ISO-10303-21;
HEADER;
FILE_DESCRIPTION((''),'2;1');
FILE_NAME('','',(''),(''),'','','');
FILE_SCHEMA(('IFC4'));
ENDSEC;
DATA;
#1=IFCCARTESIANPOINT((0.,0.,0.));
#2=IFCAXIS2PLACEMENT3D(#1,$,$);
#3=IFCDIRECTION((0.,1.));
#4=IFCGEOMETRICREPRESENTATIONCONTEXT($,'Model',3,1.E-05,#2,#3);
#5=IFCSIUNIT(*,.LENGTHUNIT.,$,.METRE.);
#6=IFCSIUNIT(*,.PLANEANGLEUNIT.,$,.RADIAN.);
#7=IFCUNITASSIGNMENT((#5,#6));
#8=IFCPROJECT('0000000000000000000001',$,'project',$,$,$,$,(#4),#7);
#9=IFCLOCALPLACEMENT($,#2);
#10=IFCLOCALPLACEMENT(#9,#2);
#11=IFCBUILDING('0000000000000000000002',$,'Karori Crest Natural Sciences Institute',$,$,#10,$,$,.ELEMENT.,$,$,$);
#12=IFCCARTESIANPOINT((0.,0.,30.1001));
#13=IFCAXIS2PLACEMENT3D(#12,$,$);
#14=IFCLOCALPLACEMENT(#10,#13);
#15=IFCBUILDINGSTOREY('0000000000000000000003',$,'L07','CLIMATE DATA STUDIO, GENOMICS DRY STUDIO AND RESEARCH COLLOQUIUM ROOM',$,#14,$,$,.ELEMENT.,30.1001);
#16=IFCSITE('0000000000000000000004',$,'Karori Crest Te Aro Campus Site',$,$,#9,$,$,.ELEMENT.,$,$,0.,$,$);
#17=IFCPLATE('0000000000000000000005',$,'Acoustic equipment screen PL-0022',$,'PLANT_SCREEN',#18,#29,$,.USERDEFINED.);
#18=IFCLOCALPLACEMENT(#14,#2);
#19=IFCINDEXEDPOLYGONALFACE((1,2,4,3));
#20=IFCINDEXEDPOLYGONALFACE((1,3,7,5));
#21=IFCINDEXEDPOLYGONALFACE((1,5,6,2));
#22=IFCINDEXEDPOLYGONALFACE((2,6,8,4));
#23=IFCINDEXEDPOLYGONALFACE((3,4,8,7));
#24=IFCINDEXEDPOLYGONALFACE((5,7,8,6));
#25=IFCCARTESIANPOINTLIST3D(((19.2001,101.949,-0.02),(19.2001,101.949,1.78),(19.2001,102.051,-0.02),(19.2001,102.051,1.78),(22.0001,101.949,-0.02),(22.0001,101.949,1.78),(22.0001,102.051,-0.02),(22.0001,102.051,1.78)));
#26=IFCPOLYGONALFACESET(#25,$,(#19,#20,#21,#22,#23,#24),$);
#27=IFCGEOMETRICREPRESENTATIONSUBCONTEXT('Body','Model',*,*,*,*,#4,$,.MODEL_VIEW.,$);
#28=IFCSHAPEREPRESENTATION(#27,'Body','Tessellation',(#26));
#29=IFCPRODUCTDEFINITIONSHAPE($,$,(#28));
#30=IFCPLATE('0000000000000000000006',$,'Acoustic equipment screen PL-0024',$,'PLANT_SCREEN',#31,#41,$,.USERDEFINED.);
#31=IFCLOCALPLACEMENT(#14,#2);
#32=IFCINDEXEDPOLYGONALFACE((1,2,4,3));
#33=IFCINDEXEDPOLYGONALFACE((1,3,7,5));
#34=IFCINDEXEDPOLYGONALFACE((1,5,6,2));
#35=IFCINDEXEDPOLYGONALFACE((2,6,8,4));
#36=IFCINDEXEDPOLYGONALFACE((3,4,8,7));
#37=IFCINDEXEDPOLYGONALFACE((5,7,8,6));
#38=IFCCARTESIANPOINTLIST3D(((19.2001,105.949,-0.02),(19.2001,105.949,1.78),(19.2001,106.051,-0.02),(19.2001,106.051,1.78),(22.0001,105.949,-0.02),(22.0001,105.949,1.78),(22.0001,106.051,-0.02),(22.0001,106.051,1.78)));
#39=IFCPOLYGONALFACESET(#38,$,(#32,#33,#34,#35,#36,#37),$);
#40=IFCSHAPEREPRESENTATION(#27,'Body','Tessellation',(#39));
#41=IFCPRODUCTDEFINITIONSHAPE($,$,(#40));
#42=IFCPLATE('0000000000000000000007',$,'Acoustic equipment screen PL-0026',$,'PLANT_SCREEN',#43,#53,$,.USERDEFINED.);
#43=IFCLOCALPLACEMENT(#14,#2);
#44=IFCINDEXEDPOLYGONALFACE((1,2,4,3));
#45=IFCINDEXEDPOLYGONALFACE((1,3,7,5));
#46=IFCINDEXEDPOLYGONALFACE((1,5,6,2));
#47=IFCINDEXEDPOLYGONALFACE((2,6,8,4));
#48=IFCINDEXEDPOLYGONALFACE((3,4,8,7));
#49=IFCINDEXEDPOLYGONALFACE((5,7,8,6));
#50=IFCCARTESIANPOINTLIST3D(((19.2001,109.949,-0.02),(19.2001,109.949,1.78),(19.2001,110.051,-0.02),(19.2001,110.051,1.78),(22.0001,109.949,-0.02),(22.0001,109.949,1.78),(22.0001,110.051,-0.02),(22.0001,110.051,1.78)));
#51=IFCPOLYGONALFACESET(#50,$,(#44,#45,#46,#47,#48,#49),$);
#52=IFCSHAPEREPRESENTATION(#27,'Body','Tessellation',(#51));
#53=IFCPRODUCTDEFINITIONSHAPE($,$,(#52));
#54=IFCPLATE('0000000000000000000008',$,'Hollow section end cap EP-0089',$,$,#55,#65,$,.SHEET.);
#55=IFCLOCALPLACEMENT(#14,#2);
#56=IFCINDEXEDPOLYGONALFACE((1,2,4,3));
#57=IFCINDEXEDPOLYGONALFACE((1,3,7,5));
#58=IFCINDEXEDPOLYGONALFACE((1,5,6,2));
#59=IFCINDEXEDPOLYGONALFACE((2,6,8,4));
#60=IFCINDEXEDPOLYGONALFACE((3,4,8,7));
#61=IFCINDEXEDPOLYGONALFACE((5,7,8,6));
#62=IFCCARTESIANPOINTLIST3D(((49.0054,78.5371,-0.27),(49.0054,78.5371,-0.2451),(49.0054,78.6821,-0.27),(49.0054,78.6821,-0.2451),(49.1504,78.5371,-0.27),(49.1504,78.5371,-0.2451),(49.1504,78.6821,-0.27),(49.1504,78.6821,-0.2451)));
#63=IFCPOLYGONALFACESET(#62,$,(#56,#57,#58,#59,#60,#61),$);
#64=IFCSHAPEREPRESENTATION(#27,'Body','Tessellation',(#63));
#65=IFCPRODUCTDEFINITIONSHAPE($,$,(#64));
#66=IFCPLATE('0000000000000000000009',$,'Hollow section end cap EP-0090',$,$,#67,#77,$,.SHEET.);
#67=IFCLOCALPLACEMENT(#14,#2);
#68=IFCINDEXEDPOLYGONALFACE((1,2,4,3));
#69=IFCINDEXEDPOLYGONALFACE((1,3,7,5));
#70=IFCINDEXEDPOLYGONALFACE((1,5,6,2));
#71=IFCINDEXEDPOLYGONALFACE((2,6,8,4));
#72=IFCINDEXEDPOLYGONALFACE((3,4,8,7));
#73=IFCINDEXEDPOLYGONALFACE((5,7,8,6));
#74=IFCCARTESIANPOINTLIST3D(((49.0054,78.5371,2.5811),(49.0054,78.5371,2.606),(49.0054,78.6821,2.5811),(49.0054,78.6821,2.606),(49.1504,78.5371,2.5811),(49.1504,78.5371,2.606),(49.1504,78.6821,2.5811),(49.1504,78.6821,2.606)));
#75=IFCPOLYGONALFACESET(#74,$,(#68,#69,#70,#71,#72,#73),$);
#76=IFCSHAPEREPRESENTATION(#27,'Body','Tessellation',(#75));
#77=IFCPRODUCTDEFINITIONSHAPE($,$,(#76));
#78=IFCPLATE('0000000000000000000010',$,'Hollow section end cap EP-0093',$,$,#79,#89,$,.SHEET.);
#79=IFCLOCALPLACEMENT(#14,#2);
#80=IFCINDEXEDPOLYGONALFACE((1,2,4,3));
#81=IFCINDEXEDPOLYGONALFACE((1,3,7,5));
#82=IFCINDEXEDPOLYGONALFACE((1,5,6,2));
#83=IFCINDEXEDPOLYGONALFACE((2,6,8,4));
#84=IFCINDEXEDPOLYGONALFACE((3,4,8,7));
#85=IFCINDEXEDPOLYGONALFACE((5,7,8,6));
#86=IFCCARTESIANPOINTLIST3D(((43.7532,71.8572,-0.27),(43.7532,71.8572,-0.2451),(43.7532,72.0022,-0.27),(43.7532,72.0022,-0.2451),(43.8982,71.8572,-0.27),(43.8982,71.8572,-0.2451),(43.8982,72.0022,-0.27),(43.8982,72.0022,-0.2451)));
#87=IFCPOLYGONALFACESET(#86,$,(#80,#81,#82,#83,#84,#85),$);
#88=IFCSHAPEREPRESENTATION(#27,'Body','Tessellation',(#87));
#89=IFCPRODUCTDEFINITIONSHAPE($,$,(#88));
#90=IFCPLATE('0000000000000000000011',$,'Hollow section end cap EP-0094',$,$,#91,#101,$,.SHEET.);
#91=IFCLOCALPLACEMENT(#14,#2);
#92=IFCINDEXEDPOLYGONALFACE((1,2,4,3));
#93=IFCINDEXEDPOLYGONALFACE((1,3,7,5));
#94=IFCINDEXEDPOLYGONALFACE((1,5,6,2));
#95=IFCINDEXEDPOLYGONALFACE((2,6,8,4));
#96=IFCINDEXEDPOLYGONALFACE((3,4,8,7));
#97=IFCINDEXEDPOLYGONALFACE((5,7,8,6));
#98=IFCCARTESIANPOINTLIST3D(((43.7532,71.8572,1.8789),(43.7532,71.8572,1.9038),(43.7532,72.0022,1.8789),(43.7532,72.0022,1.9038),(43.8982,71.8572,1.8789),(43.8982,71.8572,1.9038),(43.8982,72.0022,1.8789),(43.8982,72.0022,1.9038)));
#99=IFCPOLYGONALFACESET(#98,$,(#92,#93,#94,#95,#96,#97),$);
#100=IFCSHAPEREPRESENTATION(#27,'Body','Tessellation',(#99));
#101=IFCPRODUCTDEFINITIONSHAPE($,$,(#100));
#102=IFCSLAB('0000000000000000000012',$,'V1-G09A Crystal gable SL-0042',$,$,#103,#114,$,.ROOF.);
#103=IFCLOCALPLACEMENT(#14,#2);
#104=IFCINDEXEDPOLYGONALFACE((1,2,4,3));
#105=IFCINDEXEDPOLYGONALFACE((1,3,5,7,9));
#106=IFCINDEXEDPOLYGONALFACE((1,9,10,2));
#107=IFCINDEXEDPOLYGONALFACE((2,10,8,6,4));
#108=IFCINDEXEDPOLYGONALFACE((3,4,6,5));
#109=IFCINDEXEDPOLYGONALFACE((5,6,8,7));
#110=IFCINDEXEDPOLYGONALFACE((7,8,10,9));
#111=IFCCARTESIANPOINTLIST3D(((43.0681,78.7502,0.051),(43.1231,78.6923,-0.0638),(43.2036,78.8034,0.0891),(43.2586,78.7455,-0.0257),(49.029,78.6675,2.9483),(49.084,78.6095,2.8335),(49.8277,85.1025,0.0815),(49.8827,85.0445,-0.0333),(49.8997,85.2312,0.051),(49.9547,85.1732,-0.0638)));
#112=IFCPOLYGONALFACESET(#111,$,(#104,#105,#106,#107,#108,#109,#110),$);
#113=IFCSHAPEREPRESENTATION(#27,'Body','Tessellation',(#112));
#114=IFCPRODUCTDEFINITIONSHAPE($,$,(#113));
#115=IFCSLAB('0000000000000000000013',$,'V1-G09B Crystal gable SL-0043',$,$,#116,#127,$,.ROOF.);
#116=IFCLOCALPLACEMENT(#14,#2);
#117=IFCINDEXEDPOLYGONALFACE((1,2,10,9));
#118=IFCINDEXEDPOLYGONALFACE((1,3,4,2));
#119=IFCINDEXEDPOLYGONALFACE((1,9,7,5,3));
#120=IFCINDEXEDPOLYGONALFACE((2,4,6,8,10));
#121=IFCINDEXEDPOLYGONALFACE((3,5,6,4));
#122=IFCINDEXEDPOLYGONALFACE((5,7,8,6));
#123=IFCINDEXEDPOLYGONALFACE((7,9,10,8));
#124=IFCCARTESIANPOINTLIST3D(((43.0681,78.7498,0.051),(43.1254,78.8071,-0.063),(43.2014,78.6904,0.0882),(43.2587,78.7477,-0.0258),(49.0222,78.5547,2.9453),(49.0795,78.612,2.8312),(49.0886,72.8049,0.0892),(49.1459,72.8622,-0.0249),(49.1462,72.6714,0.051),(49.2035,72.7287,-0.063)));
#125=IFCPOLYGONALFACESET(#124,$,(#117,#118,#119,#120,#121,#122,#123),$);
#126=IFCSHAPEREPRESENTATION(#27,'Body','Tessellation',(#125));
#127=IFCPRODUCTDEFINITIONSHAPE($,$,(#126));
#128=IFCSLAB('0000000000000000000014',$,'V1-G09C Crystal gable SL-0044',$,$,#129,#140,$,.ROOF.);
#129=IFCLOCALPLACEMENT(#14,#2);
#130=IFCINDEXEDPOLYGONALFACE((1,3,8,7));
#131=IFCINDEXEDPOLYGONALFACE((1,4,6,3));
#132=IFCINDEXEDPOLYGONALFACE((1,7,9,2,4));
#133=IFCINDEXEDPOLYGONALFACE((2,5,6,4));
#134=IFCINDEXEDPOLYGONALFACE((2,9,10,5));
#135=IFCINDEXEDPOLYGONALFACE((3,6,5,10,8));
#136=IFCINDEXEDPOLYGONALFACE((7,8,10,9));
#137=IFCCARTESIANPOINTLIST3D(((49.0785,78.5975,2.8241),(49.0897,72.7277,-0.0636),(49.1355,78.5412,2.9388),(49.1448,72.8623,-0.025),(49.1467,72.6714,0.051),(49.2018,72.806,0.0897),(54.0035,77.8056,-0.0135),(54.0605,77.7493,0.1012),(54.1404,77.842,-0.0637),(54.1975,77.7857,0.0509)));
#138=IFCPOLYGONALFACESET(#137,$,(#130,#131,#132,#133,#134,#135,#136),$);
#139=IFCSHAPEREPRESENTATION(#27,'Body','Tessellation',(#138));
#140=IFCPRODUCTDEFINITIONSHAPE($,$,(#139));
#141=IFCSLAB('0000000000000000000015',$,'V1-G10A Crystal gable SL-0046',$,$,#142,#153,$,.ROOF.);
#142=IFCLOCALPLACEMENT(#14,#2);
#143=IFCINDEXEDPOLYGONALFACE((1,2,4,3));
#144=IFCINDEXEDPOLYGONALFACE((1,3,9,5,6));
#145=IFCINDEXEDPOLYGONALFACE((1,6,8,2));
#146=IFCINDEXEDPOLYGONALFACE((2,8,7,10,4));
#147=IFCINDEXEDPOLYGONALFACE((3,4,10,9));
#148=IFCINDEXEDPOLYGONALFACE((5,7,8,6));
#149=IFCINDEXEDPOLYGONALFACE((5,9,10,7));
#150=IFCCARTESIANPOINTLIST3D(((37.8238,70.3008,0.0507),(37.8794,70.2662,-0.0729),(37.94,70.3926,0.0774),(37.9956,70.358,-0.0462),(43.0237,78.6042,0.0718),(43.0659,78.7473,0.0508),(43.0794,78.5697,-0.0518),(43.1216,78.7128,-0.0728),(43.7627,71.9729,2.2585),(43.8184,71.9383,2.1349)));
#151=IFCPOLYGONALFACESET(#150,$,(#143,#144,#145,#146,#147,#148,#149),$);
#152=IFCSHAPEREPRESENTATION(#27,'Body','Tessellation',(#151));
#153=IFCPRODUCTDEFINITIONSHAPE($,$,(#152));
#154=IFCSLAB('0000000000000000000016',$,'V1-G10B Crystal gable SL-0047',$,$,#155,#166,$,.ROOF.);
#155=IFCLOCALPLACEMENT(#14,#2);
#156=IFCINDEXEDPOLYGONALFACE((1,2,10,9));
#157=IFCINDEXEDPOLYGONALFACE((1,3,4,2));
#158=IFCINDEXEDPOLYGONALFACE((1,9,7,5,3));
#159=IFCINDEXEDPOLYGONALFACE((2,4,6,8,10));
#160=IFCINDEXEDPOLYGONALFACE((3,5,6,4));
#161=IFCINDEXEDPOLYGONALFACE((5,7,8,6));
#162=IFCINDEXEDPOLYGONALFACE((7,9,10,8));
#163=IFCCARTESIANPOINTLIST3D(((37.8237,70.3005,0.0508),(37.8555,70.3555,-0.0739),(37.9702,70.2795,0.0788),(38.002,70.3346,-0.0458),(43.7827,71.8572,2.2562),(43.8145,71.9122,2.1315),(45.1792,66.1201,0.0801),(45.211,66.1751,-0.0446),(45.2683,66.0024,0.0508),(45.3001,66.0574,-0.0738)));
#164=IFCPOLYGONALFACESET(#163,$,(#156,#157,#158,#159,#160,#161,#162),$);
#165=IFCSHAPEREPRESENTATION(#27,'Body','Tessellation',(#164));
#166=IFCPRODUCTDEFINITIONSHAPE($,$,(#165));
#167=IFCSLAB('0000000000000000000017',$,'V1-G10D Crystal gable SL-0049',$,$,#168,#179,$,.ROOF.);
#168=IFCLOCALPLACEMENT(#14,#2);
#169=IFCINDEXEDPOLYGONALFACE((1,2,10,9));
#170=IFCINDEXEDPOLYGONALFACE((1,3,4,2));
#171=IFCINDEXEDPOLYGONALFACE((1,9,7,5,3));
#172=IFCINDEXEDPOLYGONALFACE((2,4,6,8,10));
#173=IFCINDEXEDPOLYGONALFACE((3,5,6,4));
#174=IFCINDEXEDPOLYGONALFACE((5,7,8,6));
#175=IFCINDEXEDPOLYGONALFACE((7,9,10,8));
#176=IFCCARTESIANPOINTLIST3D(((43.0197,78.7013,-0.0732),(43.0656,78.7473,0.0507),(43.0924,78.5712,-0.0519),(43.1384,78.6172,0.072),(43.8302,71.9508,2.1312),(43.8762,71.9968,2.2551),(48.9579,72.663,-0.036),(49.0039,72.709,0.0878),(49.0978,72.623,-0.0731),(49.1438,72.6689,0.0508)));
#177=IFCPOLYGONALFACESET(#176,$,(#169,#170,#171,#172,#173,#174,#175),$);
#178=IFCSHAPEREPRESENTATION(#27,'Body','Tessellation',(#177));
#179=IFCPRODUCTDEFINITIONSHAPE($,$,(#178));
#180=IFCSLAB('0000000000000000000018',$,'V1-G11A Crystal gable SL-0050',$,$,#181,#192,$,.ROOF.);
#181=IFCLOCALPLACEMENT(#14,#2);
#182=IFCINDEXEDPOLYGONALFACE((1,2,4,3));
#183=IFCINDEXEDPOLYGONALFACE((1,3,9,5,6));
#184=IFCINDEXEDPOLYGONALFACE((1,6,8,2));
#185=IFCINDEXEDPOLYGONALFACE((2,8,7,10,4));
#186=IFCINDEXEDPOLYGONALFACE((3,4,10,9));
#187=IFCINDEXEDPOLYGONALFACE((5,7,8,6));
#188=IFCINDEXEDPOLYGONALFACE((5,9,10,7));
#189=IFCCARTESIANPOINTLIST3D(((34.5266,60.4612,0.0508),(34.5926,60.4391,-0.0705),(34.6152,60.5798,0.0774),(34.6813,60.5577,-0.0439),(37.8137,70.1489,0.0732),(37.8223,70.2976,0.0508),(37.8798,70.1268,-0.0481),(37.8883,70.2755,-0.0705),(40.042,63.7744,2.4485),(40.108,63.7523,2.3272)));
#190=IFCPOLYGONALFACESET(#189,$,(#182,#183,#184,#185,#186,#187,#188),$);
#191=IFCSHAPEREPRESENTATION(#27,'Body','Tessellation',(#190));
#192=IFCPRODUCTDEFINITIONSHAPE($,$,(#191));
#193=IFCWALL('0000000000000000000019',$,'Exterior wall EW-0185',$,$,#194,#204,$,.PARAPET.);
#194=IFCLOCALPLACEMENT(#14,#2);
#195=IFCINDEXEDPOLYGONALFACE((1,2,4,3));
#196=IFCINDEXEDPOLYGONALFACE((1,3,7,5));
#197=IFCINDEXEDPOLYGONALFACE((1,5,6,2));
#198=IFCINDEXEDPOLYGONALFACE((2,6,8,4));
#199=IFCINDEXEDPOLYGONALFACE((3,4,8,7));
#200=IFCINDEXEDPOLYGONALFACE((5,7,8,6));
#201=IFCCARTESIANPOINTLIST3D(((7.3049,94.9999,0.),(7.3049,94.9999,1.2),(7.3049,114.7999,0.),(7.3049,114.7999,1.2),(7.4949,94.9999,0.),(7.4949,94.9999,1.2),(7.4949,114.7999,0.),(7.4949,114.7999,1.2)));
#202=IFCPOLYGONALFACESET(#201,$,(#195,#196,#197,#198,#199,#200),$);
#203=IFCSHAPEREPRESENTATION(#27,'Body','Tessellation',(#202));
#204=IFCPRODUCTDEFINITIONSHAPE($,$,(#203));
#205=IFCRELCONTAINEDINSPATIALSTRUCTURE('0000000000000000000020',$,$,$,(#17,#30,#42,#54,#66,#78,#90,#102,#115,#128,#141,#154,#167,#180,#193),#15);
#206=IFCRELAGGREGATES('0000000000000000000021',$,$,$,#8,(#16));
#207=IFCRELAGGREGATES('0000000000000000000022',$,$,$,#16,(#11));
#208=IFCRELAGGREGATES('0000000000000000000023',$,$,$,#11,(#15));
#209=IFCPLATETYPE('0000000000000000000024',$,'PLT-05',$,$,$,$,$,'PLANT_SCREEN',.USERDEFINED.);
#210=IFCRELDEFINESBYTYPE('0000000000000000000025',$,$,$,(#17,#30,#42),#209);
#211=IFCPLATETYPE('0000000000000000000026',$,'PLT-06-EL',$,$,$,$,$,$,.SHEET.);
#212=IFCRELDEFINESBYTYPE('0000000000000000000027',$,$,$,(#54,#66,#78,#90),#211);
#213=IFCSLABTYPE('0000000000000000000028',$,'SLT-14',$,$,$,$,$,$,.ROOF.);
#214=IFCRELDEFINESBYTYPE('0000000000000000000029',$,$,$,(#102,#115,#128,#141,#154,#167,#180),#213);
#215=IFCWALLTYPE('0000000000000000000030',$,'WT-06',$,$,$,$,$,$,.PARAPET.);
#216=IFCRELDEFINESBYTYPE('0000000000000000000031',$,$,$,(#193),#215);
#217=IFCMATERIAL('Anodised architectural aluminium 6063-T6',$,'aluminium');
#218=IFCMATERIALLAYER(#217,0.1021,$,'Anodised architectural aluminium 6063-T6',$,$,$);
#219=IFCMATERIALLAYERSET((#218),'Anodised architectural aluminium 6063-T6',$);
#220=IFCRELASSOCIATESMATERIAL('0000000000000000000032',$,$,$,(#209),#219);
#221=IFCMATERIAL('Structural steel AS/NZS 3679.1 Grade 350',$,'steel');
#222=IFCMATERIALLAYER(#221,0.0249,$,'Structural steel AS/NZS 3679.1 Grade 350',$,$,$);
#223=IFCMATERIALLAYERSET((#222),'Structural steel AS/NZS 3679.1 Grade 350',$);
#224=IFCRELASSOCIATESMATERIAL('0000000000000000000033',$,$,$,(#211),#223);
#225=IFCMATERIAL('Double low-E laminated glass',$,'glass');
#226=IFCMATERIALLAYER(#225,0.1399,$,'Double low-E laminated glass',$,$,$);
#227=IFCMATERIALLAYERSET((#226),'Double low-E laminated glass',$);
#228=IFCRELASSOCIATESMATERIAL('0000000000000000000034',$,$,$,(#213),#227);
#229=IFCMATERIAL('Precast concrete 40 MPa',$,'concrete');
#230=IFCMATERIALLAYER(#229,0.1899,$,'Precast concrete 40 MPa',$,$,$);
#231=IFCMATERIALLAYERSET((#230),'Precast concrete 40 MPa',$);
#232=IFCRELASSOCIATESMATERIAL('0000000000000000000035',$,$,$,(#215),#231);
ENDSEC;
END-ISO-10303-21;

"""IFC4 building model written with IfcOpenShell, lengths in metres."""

from ifc_helpers import new_model, si_unit, direction, frame, frame_2d, origin, origin_2d, place, context, subcontext, project, spatial, polyline, rectangle, outline, extrude, material, layer, layer_set, type_object, element, save


model = new_model("IFC4")

# Units and contexts
model_context = context("Model", 3, precision=1e-05, world=origin(), true_north=direction((0.0, 1.0)))
body_context = subcontext(model_context, "Body", "Model", "MODEL_VIEW")
ifc_project = project(units=[si_unit("LENGTHUNIT", "METRE"), si_unit("PLANEANGLEUNIT", "RADIAN")], contexts=[model_context])

# Site, building, storey
site_placement = place(None, origin())
site = spatial("IfcSite", under=ifc_project, at=site_placement, Name="Karori Crest Te Aro Campus Site", CompositionType="ELEMENT", RefElevation=0.0)
building_placement = place(site_placement, origin())
building = spatial("IfcBuilding", under=site, at=building_placement, Name="Karori Crest Natural Sciences Institute", CompositionType="ELEMENT")
storey_placement = place(building_placement, frame((0.0, 0.0, 30.1001)))
storey = spatial("IfcBuildingStorey", under=building, at=storey_placement, Name="L07", Description="CLIMATE DATA STUDIO, GENOMICS DRY STUDIO AND RESEARCH COLLOQUIUM ROOM", CompositionType="ELEMENT", Elevation=30.1001)

# Shared definitions
ifc_material_1 = material(Name="Structural steel AS/NZS 3679.1 Grade 350", Category="steel")

# Plates
ifc_material_2 = material(Name="Anodised architectural aluminium 6063-T6", Category="aluminium")
ifc_layer_1 = layer(ifc_material_2, 0.1021, Name="Anodised architectural aluminium 6063-T6")
ifc_layer_set_1 = layer_set([ifc_layer_1], Name="Anodised architectural aluminium 6063-T6")
plate_type_1 = type_object("IfcPlateType", Name="PLT-05", ElementType="PLANT_SCREEN", PredefinedType="USERDEFINED", material=ifc_layer_set_1)
for number, where, z_axis, x_axis, name in (
    (1, (20.6001, 102.0, -0.02), (0.0, 0.0, 1.0), (1.0, 0.0, 0.0), "Acoustic equipment screen PL-0022"),
    (2, (20.6001, 106.0, -0.02), (0.0, 0.0, 1.0), (1.0, 0.0, 0.0), "Acoustic equipment screen PL-0024"),
    (3, (20.6001, 110.0, -0.02), (0.0, 0.0, 1.0), (1.0, 0.0, 0.0), "Acoustic equipment screen PL-0026"),
):
    element("IfcPlate", number, at=place(storey_placement, frame(where, z_axis=z_axis, x_axis=x_axis)), inside=storey, type_object=plate_type_1, Name=name, ObjectType="PLANT_SCREEN", PredefinedType="USERDEFINED", context=body_context, shape_type="SweptSolid", body=[
        extrude(rectangle(XDim=2.8, YDim=0.1021, at=origin_2d()), origin(), (0.0, 0.0, 1.0), 1.8),
    ])
ifc_layer_2 = layer(ifc_material_1, 0.0249, Name="Structural steel AS/NZS 3679.1 Grade 350")
ifc_layer_set_2 = layer_set([ifc_layer_2], Name="Structural steel AS/NZS 3679.1 Grade 350")
plate_type_2 = type_object("IfcPlateType", Name="PLT-06-EL", PredefinedType="SHEET", material=ifc_layer_set_2)
for number, where, z_axis, x_axis, name in (
    (4, (49.0779, 78.6096, -0.27), (0.0, 0.0, 1.0), (1.0, 0.0, 0.0), "Hollow section end cap EP-0089"),
    (5, (49.0779, 78.6096, 2.5811), (0.0, 0.0, 1.0), (1.0, 0.0, 0.0), "Hollow section end cap EP-0090"),
    (6, (43.8257, 71.9297, -0.27), (0.0, 0.0, 1.0), (1.0, 0.0, 0.0), "Hollow section end cap EP-0093"),
    (7, (43.8257, 71.9297, 1.8789), (0.0, 0.0, 1.0), (1.0, 0.0, 0.0), "Hollow section end cap EP-0094"),
):
    element("IfcPlate", number, at=place(storey_placement, frame(where, z_axis=z_axis, x_axis=x_axis)), inside=storey, type_object=plate_type_2, Name=name, PredefinedType="SHEET", context=body_context, shape_type="SweptSolid", body=[
        extrude(rectangle(XDim=0.145, YDim=0.145, at=origin_2d()), origin(), (0.0, 0.0, 1.0), 0.0249),
    ])

# Slabs
ifc_material_3 = material(Name="Double low-E laminated glass", Category="glass")
ifc_layer_3 = layer(ifc_material_3, 0.1399, Name="Double low-E laminated glass")
ifc_layer_set_3 = layer_set([ifc_layer_3], Name="Double low-E laminated glass")
slab_type = type_object("IfcSlabType", Name="SLT-14", PredefinedType="ROOF", material=ifc_layer_set_3)
slab_1_placement = place(storey_placement, frame((49.8997, 85.2312, 0.051), z_axis=(-0.393172, 0.414441, 0.820764), x_axis=(-0.725477, -0.688246, 0.0)))
element("IfcSlab", 8, at=slab_1_placement, inside=storey, type_object=slab_type, Name="V1-G09A Crystal gable SL-0042", PredefinedType="ROOF", context=body_context, shape_type="SweptSolid", body=[
    extrude(outline(polyline([(0.0, 0.0), (9.4166, 0.0), (9.2817, 0.0666), (5.1491, 5.0716), (0.1408, 0.0534), (0.0, 0.0)])), origin(), (0.0, 0.0, -1.0), 0.1399),
])
slab_2_placement = place(storey_placement, frame((43.0681, 78.7498, 0.051), z_axis=(-0.409636, -0.40962, 0.815113), x_axis=(0.707093, -0.707121, 0.0)))
element("IfcSlab", 9, at=slab_2_placement, inside=storey, type_object=slab_type, Name="V1-G09B Crystal gable SL-0043", PredefinedType="ROOF", context=body_context, shape_type="SweptSolid", body=[
    extrude(outline(polyline([(0.0, 0.0), (8.5959, 0.0), (8.4608, 0.0658), (4.348, 4.9961), (0.1362, 0.0641), (0.0, 0.0)])), origin(), (0.0, 0.0, -1.0), 0.1399),
])
slab_3_placement = place(storey_placement, frame((49.1467, 72.6714, 0.051), z_axis=(0.407562, -0.40248, 0.819697), x_axis=(0.702671, 0.711515, -0.000013)))
element("IfcSlab", 10, at=slab_3_placement, inside=storey, type_object=slab_type, Name="V1-G09C Crystal gable SL-0044", PredefinedType="ROOF", context=body_context, shape_type="SweptSolid", body=[
    extrude(outline(polyline([(0.0, 0.0), (7.1879, 0.0), (7.0658, 0.0877), (4.1686, 5.0416), (0.1345, 0.0675), (0.0, 0.0)])), origin(), (0.0, 0.0, -1.0), 0.1399),
])
slab_4_placement = place(storey_placement, frame((43.0659, 78.7473, 0.0508), z_axis=(-0.397985, 0.246992, 0.883517), x_axis=(-0.527324, -0.849664, -0.000008)))
element("IfcSlab", 11, at=slab_4_placement, inside=storey, type_object=slab_type, Name="V1-G10A Crystal gable SL-0046", PredefinedType="ROOF", context=body_context, shape_type="SweptSolid", body=[
    extrude(outline(polyline([(0.0, 0.0), (9.941, 0.0), (9.8018, 0.0569), (5.3885, 4.7134), (0.1438, 0.0448), (0.0, 0.0)])), origin(), (0.0, 0.0, -1.0), 0.1399),
])
slab_5_placement = place(storey_placement, frame((37.8237, 70.3005, 0.0508), z_axis=(-0.227028, -0.393216, 0.890976), x_axis=(0.866026, -0.499999, 0.000005)))
element("IfcSlab", 12, at=slab_5_placement, inside=storey, type_object=slab_type, Name="V1-G10B Crystal gable SL-0047", PredefinedType="ROOF", context=body_context, shape_type="SweptSolid", body=[
    extrude(outline(polyline([(0.0, 0.0), (8.5962, 0.0), (8.4602, 0.0644), (4.3823, 4.8571), (0.1374, 0.0618), (0.0, 0.0)])), origin(), (0.0, 0.0, -1.0), 0.1399),
])
slab_6_placement = place(storey_placement, frame((49.1438, 72.6689, 0.0508), z_axis=(0.328604, 0.328606, 0.885459), x_axis=(-0.707096, 0.707117, -0.000009)))
element("IfcSlab", 13, at=slab_6_placement, inside=storey, type_object=slab_type, Name="V1-G10D Crystal gable SL-0049", PredefinedType="ROOF", context=body_context, shape_type="SweptSolid", body=[
    extrude(outline(polyline([(0.0, 0.0), (8.5959, 0.0), (8.4525, 0.0458), (3.2494, 4.7434), (0.1272, 0.0798), (0.0, 0.0)])), origin(), (0.0, 0.0, -1.0), 0.1399),
])
slab_7_placement = place(storey_placement, frame((37.8223, 70.2976, 0.0508), z_axis=(-0.472039, 0.158156, 0.867275), x_axis=(-0.317689, -0.948195, 0.000001)))
element("IfcSlab", 14, at=slab_7_placement, inside=storey, type_object=slab_type, Name="V1-G11A Crystal gable SL-0050", PredefinedType="ROOF", context=body_context, shape_type="SweptSolid", body=[
    extrude(outline(polyline([(0.0, 0.0), (10.3738, 0.0), (10.2332, 0.0534), (5.4801, 4.8163), (0.1437, 0.0451), (0.0, 0.0)])), origin(), (0.0, 0.0, -1.0), 0.1399),
])

# Wall
ifc_material_4 = material(Name="Precast concrete 40 MPa", Category="concrete")
ifc_layer_4 = layer(ifc_material_4, 0.1899, Name="Precast concrete 40 MPa")
ifc_layer_set_4 = layer_set([ifc_layer_4], Name="Precast concrete 40 MPa")
wall_type = type_object("IfcWallType", Name="WT-06", PredefinedType="PARAPET", material=ifc_layer_set_4)
wall_1_placement = place(storey_placement, frame((7.3999, 95.0, 0.0), z_axis=(0.0, 0.0, 1.0), x_axis=(0.0, 1.0, 0.0)))
element("IfcWall", 15, at=wall_1_placement, inside=storey, type_object=wall_type, Name="Exterior wall EW-0185", PredefinedType="PARAPET", context=body_context, shape_type="SweptSolid", body=[
    extrude(rectangle(XDim=19.8, YDim=0.1899, at=frame_2d((9.8999, 0.0))), origin(), (0.0, 0.0, 1.0), 1.2),
])

save(model, "model.ifc")
